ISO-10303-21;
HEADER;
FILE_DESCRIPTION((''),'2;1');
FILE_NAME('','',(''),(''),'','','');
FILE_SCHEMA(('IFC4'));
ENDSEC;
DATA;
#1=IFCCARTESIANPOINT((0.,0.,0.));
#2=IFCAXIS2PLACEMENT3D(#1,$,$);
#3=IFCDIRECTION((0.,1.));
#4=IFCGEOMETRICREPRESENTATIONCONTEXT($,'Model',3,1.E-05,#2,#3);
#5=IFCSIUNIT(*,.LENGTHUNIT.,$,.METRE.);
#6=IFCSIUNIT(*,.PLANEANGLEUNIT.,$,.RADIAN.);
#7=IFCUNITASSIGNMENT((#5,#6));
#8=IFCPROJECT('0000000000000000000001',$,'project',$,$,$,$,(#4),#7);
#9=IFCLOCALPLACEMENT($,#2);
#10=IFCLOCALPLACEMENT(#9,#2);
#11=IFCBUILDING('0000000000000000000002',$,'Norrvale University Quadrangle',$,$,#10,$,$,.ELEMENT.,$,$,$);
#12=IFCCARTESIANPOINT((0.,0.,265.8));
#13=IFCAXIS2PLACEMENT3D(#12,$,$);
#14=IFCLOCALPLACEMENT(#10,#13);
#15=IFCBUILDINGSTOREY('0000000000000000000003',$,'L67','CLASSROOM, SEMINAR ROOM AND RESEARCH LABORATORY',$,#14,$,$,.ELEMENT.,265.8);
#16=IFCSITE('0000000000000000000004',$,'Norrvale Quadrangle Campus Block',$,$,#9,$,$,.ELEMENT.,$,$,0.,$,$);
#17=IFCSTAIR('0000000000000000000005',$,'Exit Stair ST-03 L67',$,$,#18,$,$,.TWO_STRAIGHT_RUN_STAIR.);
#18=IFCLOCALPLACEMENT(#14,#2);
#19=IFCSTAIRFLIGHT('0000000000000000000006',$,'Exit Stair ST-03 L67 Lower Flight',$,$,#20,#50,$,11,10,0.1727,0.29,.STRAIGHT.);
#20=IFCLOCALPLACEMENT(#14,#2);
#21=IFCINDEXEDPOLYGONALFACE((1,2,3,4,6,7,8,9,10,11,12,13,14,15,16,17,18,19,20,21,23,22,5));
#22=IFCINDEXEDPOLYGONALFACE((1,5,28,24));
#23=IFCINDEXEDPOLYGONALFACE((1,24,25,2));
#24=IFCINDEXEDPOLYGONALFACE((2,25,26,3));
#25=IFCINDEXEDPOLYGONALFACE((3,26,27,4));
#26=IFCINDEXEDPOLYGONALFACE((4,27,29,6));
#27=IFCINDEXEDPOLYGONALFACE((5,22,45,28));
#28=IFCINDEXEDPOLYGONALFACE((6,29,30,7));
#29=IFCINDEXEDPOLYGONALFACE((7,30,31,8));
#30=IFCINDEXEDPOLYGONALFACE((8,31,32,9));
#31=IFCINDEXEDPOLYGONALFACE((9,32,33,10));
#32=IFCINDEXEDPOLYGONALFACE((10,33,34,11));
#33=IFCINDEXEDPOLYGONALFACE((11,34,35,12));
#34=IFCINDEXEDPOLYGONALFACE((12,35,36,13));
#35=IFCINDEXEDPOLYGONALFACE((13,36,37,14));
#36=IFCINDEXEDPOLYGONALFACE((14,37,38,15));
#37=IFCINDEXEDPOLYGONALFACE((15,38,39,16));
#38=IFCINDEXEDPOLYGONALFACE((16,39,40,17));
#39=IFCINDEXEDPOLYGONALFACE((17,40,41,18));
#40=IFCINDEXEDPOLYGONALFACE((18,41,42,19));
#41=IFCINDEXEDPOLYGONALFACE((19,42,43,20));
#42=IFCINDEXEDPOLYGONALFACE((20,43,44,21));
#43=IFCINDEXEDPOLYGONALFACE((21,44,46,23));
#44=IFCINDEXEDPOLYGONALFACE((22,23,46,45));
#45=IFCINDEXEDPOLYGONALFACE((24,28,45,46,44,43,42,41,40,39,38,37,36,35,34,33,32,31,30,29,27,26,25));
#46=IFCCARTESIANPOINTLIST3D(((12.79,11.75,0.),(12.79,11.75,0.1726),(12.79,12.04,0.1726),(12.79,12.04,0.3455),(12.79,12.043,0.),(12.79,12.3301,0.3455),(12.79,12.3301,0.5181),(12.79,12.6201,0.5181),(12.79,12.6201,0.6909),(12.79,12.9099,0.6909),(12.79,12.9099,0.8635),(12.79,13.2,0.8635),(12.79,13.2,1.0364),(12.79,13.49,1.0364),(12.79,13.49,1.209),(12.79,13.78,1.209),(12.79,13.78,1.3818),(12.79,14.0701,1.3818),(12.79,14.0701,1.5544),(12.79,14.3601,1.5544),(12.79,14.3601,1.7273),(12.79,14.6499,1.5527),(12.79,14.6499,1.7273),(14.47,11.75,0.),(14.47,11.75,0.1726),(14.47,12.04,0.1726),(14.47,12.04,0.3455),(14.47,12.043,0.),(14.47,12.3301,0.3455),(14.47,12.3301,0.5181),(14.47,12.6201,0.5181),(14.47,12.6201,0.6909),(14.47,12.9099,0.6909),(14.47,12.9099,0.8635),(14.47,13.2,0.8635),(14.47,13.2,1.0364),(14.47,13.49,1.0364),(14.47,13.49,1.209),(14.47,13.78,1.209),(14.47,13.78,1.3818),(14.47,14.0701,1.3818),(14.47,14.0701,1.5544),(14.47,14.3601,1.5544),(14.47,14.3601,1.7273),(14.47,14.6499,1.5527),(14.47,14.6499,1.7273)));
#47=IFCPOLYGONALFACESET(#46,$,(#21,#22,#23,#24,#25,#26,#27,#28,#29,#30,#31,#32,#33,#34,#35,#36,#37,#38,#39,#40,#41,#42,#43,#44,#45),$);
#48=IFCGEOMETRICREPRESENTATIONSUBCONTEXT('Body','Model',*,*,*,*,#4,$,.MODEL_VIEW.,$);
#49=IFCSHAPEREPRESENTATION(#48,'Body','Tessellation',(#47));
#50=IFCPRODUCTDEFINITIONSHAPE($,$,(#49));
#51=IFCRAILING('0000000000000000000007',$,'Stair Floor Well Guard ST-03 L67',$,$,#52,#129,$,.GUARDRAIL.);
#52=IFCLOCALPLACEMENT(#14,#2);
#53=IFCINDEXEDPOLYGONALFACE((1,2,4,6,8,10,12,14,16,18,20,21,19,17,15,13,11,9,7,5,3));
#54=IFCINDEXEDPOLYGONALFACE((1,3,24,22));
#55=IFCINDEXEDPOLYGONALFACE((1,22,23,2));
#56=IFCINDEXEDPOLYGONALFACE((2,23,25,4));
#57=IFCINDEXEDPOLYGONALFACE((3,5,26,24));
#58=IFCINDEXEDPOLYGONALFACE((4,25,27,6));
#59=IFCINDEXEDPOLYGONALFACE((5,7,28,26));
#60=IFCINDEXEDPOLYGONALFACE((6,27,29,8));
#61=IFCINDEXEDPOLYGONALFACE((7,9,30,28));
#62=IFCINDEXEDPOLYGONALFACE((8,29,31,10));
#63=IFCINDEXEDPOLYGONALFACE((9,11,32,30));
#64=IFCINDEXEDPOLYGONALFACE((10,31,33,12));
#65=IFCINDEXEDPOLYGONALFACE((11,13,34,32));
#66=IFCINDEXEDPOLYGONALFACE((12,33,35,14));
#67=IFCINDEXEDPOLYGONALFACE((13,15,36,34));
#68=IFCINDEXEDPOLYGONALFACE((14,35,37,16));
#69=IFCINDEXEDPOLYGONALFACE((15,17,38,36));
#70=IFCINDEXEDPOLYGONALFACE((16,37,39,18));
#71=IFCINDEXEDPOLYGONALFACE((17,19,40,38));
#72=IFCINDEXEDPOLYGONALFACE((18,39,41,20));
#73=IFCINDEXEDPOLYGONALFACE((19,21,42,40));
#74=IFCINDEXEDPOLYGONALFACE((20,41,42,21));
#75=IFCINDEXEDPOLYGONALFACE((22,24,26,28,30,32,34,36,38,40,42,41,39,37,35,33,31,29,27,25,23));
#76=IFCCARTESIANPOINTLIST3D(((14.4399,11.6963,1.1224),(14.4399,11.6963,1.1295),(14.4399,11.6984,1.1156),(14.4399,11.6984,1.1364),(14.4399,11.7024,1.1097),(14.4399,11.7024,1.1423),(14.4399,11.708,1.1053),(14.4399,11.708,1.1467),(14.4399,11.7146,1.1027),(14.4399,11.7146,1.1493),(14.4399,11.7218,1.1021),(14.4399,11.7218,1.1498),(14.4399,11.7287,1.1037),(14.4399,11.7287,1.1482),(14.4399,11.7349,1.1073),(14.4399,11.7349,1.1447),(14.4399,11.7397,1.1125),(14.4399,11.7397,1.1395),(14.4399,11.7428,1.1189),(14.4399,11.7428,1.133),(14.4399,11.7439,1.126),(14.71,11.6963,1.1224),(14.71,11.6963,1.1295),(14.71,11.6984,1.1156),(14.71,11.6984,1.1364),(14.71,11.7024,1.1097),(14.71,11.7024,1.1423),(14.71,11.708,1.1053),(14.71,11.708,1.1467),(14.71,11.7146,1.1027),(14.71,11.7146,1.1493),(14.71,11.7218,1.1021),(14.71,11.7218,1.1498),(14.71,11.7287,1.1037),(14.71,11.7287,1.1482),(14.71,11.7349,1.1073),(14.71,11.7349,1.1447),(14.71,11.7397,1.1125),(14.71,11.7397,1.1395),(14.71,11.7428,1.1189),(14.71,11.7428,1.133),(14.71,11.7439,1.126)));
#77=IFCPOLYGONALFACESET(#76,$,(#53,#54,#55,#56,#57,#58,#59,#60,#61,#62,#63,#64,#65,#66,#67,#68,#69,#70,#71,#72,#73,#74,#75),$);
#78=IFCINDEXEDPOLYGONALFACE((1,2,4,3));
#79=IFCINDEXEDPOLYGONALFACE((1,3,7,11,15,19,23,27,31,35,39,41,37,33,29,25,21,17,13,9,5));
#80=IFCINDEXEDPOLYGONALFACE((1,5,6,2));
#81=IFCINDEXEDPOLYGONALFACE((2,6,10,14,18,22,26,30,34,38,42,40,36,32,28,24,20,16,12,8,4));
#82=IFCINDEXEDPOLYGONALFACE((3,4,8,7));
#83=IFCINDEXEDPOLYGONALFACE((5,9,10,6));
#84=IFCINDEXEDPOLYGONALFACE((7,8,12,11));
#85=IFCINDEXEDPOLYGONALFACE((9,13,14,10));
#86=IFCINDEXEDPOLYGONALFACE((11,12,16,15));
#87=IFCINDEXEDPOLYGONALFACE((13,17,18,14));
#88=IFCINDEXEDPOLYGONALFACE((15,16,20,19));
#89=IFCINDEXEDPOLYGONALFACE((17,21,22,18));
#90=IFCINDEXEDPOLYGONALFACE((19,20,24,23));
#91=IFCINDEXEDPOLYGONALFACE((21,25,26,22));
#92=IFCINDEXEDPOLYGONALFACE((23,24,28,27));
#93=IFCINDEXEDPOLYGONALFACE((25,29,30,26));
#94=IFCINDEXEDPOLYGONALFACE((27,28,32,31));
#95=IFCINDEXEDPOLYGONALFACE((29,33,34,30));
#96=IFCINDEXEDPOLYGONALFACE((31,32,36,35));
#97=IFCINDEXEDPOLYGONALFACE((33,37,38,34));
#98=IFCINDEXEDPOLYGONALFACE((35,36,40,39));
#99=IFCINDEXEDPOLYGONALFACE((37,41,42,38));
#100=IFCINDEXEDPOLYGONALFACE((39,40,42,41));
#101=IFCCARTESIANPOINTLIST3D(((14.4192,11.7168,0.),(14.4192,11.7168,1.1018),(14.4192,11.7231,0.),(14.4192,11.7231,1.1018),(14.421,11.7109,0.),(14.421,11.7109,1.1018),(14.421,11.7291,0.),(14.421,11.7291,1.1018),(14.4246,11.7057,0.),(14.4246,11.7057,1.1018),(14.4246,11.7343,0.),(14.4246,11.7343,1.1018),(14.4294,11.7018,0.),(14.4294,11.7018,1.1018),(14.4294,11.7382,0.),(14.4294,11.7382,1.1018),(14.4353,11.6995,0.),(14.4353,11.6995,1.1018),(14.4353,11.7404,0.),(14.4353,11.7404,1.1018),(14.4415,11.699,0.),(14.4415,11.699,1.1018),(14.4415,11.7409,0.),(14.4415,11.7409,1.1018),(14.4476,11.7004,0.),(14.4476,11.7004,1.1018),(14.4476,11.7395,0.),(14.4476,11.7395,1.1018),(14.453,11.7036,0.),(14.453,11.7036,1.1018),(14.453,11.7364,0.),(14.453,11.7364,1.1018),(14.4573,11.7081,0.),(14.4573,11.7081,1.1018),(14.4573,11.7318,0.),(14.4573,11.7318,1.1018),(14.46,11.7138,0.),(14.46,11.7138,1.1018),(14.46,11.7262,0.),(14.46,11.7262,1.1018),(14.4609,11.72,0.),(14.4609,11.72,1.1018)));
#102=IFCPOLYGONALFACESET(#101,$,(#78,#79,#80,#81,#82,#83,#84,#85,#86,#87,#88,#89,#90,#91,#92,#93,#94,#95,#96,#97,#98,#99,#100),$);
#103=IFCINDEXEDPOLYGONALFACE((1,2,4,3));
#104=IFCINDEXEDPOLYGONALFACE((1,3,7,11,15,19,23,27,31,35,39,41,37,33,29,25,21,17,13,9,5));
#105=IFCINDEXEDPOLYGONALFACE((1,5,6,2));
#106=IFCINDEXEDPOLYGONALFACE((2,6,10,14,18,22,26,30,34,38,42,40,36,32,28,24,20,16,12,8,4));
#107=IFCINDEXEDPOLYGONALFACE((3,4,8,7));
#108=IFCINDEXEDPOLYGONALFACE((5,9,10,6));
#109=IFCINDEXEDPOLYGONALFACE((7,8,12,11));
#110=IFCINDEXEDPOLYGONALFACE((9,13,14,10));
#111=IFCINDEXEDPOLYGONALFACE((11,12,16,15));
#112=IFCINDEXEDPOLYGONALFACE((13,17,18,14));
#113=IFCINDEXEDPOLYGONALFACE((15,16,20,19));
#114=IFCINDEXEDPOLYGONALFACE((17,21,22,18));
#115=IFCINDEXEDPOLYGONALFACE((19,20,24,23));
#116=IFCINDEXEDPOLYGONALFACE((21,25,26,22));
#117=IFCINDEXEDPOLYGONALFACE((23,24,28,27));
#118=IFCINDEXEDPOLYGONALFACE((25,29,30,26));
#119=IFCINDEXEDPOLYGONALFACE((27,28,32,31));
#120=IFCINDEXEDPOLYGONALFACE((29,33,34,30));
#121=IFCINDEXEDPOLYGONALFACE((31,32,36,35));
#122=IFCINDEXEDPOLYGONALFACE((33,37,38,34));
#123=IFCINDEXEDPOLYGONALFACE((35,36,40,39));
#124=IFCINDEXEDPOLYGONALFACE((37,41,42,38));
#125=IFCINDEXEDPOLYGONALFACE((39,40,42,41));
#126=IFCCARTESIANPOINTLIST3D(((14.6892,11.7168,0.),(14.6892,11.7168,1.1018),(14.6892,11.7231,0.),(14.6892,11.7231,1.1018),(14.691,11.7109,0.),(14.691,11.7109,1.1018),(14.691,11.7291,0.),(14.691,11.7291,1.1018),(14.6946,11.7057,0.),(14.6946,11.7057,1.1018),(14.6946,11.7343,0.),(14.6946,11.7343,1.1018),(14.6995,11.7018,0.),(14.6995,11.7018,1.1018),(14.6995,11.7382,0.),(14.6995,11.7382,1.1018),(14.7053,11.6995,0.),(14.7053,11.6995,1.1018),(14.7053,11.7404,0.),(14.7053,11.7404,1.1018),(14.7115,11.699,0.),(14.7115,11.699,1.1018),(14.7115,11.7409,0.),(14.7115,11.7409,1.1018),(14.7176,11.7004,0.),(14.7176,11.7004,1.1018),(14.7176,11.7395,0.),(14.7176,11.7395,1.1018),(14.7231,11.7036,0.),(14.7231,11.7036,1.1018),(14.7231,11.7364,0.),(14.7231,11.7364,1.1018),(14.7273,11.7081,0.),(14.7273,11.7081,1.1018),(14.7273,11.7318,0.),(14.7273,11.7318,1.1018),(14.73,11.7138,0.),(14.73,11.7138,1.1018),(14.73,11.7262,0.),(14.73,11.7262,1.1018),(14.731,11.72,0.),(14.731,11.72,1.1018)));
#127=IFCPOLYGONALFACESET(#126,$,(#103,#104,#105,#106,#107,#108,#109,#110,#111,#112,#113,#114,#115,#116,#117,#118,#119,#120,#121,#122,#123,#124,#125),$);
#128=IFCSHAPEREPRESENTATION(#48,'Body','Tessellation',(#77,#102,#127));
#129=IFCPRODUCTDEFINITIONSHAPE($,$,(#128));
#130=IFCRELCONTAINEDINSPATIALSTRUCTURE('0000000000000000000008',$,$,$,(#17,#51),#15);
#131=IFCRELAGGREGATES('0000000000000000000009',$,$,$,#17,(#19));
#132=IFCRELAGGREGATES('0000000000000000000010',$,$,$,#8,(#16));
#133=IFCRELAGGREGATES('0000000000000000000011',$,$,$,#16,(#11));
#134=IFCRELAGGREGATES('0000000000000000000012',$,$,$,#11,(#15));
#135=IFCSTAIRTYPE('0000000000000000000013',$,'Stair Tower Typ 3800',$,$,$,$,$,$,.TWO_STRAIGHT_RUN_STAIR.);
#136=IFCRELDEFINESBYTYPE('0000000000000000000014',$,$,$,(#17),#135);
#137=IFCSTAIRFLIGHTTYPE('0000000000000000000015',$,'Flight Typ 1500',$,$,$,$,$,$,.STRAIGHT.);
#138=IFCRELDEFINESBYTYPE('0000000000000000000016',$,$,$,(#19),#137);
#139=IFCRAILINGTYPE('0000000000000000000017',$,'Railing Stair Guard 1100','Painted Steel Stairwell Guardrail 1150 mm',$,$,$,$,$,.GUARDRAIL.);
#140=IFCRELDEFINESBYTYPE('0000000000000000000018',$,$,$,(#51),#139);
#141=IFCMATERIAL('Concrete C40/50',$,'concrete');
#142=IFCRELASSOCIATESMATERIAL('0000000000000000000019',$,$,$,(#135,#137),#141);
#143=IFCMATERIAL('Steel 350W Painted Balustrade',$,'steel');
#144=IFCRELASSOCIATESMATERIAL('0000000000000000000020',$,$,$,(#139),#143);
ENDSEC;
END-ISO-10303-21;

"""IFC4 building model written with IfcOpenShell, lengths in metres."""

from ifc_helpers import new_model, si_unit, direction, frame, origin, origin_2d, place, context, subcontext, project, spatial, polyline, circle, outline, extrude, material, type_object, element, aggregate, save


model = new_model("IFC4")

# Units and contexts
model_context = context("Model", 3, precision=1e-05, world=origin(), true_north=direction((0.0, 1.0)))
body_context = subcontext(model_context, "Body", "Model", "MODEL_VIEW")
ifc_project = project(units=[si_unit("LENGTHUNIT", "METRE"), si_unit("PLANEANGLEUNIT", "RADIAN")], contexts=[model_context])

# Site, building, storey
site_placement = place(None, origin())
site = spatial("IfcSite", under=ifc_project, at=site_placement, Name="Norrvale Quadrangle Campus Block", CompositionType="ELEMENT", RefElevation=0.0)
building_placement = place(site_placement, origin())
building = spatial("IfcBuilding", under=site, at=building_placement, Name="Norrvale University Quadrangle", CompositionType="ELEMENT")
storey_placement = place(building_placement, frame((0.0, 0.0, 265.8)))
storey = spatial("IfcBuildingStorey", under=building, at=storey_placement, Name="L67", Description="CLASSROOM, SEMINAR ROOM AND RESEARCH LABORATORY", CompositionType="ELEMENT", Elevation=265.8)

# Stair, stair flight
ifc_material_1 = material(Name="Concrete C40/50", Category="concrete")
stair_type = type_object("IfcStairType", Name="Stair Tower Typ 3800", PredefinedType="TWO_STRAIGHT_RUN_STAIR", material=ifc_material_1)
stair_placement = place(storey_placement, origin())
stair = element("IfcStair", 1, at=stair_placement, inside=storey, type_object=stair_type, Name="Exit Stair ST-03 L67", PredefinedType="TWO_STRAIGHT_RUN_STAIR")
stair_flight_type = type_object("IfcStairFlightType", Name="Flight Typ 1500", PredefinedType="STRAIGHT", material=ifc_material_1)
stair_flight_placement = place(storey_placement, frame((13.6299, 11.75, 0.0), z_axis=(0.0, 0.0, 1.0), x_axis=(0.0, 1.0, 0.0)))
stair_flight = element("IfcStairFlight", 2, at=stair_flight_placement, type_object=stair_flight_type, Name="Exit Stair ST-03 L67 Lower Flight", NumberOfRisers=11, NumberOfTreads=10, PredefinedType="STRAIGHT", RiserHeight=0.1727, TreadLength=0.29, context=body_context, shape_type="SweptSolid", body=[
    extrude(outline(polyline([(0.0, 0.0), (0.0, 0.1726), (0.29, 0.1726), (0.29, 0.3455), (0.5801, 0.3455), (0.5801, 0.5181), (0.8701, 0.5181), (0.8701, 0.6909), (1.1599, 0.6909), (1.1599, 0.8635), (1.45, 0.8635), (1.45, 1.0364), (1.74, 1.0364), (1.74, 1.209), (2.03, 1.209), (2.03, 1.3818), (2.3201, 1.3818), (2.3201, 1.5544), (2.6101, 1.5544), (2.6101, 1.7273), (2.8999, 1.7273), (2.8999, 1.8999), (2.8999, 1.5527), (0.293, 0.0), (0.0, 0.0)])), frame((0.0, 0.8398, 0.0), z_axis=(0.0, -1.0, 0.0), x_axis=(1.0, 0.0, 0.0)), (0.0, 0.0, 1.0), 1.6799),
])
aggregate(stair, [stair_flight])

# Railing
ifc_material_2 = material(Name="Steel 350W Painted Balustrade", Category="steel")
railing_type_1 = type_object("IfcRailingType", Name="Railing Stair Guard 1100", Description="Painted Steel Stairwell Guardrail 1150 mm", PredefinedType="GUARDRAIL", material=ifc_material_2)
railing_1_placement = place(storey_placement, frame((14.4399, 11.72, 0.0)))
element("IfcRailing", 3, at=railing_1_placement, inside=storey, type_object=railing_type_1, Name="Stair Floor Well Guard ST-03 L67", PredefinedType="GUARDRAIL", context=body_context, shape_type="SweptSolid", body=[
    extrude(circle(Radius=0.0239, at=origin_2d()), frame((0.0, 0.0, 1.126), z_axis=(1.0, 0.0, 0.0), x_axis=(0.0, 1.0, 0.0)), (0.0, 0.0, 1.0), 0.27),
    extrude(circle(Radius=0.021, at=origin_2d()), origin(), (0.0, 0.0, 1.0), 1.1018),
    extrude(circle(Radius=0.021, at=origin_2d()), frame((0.27, 0.0, 0.0)), (0.0, 0.0, 1.0), 1.1018),
])

save(model, "model.ifc")
